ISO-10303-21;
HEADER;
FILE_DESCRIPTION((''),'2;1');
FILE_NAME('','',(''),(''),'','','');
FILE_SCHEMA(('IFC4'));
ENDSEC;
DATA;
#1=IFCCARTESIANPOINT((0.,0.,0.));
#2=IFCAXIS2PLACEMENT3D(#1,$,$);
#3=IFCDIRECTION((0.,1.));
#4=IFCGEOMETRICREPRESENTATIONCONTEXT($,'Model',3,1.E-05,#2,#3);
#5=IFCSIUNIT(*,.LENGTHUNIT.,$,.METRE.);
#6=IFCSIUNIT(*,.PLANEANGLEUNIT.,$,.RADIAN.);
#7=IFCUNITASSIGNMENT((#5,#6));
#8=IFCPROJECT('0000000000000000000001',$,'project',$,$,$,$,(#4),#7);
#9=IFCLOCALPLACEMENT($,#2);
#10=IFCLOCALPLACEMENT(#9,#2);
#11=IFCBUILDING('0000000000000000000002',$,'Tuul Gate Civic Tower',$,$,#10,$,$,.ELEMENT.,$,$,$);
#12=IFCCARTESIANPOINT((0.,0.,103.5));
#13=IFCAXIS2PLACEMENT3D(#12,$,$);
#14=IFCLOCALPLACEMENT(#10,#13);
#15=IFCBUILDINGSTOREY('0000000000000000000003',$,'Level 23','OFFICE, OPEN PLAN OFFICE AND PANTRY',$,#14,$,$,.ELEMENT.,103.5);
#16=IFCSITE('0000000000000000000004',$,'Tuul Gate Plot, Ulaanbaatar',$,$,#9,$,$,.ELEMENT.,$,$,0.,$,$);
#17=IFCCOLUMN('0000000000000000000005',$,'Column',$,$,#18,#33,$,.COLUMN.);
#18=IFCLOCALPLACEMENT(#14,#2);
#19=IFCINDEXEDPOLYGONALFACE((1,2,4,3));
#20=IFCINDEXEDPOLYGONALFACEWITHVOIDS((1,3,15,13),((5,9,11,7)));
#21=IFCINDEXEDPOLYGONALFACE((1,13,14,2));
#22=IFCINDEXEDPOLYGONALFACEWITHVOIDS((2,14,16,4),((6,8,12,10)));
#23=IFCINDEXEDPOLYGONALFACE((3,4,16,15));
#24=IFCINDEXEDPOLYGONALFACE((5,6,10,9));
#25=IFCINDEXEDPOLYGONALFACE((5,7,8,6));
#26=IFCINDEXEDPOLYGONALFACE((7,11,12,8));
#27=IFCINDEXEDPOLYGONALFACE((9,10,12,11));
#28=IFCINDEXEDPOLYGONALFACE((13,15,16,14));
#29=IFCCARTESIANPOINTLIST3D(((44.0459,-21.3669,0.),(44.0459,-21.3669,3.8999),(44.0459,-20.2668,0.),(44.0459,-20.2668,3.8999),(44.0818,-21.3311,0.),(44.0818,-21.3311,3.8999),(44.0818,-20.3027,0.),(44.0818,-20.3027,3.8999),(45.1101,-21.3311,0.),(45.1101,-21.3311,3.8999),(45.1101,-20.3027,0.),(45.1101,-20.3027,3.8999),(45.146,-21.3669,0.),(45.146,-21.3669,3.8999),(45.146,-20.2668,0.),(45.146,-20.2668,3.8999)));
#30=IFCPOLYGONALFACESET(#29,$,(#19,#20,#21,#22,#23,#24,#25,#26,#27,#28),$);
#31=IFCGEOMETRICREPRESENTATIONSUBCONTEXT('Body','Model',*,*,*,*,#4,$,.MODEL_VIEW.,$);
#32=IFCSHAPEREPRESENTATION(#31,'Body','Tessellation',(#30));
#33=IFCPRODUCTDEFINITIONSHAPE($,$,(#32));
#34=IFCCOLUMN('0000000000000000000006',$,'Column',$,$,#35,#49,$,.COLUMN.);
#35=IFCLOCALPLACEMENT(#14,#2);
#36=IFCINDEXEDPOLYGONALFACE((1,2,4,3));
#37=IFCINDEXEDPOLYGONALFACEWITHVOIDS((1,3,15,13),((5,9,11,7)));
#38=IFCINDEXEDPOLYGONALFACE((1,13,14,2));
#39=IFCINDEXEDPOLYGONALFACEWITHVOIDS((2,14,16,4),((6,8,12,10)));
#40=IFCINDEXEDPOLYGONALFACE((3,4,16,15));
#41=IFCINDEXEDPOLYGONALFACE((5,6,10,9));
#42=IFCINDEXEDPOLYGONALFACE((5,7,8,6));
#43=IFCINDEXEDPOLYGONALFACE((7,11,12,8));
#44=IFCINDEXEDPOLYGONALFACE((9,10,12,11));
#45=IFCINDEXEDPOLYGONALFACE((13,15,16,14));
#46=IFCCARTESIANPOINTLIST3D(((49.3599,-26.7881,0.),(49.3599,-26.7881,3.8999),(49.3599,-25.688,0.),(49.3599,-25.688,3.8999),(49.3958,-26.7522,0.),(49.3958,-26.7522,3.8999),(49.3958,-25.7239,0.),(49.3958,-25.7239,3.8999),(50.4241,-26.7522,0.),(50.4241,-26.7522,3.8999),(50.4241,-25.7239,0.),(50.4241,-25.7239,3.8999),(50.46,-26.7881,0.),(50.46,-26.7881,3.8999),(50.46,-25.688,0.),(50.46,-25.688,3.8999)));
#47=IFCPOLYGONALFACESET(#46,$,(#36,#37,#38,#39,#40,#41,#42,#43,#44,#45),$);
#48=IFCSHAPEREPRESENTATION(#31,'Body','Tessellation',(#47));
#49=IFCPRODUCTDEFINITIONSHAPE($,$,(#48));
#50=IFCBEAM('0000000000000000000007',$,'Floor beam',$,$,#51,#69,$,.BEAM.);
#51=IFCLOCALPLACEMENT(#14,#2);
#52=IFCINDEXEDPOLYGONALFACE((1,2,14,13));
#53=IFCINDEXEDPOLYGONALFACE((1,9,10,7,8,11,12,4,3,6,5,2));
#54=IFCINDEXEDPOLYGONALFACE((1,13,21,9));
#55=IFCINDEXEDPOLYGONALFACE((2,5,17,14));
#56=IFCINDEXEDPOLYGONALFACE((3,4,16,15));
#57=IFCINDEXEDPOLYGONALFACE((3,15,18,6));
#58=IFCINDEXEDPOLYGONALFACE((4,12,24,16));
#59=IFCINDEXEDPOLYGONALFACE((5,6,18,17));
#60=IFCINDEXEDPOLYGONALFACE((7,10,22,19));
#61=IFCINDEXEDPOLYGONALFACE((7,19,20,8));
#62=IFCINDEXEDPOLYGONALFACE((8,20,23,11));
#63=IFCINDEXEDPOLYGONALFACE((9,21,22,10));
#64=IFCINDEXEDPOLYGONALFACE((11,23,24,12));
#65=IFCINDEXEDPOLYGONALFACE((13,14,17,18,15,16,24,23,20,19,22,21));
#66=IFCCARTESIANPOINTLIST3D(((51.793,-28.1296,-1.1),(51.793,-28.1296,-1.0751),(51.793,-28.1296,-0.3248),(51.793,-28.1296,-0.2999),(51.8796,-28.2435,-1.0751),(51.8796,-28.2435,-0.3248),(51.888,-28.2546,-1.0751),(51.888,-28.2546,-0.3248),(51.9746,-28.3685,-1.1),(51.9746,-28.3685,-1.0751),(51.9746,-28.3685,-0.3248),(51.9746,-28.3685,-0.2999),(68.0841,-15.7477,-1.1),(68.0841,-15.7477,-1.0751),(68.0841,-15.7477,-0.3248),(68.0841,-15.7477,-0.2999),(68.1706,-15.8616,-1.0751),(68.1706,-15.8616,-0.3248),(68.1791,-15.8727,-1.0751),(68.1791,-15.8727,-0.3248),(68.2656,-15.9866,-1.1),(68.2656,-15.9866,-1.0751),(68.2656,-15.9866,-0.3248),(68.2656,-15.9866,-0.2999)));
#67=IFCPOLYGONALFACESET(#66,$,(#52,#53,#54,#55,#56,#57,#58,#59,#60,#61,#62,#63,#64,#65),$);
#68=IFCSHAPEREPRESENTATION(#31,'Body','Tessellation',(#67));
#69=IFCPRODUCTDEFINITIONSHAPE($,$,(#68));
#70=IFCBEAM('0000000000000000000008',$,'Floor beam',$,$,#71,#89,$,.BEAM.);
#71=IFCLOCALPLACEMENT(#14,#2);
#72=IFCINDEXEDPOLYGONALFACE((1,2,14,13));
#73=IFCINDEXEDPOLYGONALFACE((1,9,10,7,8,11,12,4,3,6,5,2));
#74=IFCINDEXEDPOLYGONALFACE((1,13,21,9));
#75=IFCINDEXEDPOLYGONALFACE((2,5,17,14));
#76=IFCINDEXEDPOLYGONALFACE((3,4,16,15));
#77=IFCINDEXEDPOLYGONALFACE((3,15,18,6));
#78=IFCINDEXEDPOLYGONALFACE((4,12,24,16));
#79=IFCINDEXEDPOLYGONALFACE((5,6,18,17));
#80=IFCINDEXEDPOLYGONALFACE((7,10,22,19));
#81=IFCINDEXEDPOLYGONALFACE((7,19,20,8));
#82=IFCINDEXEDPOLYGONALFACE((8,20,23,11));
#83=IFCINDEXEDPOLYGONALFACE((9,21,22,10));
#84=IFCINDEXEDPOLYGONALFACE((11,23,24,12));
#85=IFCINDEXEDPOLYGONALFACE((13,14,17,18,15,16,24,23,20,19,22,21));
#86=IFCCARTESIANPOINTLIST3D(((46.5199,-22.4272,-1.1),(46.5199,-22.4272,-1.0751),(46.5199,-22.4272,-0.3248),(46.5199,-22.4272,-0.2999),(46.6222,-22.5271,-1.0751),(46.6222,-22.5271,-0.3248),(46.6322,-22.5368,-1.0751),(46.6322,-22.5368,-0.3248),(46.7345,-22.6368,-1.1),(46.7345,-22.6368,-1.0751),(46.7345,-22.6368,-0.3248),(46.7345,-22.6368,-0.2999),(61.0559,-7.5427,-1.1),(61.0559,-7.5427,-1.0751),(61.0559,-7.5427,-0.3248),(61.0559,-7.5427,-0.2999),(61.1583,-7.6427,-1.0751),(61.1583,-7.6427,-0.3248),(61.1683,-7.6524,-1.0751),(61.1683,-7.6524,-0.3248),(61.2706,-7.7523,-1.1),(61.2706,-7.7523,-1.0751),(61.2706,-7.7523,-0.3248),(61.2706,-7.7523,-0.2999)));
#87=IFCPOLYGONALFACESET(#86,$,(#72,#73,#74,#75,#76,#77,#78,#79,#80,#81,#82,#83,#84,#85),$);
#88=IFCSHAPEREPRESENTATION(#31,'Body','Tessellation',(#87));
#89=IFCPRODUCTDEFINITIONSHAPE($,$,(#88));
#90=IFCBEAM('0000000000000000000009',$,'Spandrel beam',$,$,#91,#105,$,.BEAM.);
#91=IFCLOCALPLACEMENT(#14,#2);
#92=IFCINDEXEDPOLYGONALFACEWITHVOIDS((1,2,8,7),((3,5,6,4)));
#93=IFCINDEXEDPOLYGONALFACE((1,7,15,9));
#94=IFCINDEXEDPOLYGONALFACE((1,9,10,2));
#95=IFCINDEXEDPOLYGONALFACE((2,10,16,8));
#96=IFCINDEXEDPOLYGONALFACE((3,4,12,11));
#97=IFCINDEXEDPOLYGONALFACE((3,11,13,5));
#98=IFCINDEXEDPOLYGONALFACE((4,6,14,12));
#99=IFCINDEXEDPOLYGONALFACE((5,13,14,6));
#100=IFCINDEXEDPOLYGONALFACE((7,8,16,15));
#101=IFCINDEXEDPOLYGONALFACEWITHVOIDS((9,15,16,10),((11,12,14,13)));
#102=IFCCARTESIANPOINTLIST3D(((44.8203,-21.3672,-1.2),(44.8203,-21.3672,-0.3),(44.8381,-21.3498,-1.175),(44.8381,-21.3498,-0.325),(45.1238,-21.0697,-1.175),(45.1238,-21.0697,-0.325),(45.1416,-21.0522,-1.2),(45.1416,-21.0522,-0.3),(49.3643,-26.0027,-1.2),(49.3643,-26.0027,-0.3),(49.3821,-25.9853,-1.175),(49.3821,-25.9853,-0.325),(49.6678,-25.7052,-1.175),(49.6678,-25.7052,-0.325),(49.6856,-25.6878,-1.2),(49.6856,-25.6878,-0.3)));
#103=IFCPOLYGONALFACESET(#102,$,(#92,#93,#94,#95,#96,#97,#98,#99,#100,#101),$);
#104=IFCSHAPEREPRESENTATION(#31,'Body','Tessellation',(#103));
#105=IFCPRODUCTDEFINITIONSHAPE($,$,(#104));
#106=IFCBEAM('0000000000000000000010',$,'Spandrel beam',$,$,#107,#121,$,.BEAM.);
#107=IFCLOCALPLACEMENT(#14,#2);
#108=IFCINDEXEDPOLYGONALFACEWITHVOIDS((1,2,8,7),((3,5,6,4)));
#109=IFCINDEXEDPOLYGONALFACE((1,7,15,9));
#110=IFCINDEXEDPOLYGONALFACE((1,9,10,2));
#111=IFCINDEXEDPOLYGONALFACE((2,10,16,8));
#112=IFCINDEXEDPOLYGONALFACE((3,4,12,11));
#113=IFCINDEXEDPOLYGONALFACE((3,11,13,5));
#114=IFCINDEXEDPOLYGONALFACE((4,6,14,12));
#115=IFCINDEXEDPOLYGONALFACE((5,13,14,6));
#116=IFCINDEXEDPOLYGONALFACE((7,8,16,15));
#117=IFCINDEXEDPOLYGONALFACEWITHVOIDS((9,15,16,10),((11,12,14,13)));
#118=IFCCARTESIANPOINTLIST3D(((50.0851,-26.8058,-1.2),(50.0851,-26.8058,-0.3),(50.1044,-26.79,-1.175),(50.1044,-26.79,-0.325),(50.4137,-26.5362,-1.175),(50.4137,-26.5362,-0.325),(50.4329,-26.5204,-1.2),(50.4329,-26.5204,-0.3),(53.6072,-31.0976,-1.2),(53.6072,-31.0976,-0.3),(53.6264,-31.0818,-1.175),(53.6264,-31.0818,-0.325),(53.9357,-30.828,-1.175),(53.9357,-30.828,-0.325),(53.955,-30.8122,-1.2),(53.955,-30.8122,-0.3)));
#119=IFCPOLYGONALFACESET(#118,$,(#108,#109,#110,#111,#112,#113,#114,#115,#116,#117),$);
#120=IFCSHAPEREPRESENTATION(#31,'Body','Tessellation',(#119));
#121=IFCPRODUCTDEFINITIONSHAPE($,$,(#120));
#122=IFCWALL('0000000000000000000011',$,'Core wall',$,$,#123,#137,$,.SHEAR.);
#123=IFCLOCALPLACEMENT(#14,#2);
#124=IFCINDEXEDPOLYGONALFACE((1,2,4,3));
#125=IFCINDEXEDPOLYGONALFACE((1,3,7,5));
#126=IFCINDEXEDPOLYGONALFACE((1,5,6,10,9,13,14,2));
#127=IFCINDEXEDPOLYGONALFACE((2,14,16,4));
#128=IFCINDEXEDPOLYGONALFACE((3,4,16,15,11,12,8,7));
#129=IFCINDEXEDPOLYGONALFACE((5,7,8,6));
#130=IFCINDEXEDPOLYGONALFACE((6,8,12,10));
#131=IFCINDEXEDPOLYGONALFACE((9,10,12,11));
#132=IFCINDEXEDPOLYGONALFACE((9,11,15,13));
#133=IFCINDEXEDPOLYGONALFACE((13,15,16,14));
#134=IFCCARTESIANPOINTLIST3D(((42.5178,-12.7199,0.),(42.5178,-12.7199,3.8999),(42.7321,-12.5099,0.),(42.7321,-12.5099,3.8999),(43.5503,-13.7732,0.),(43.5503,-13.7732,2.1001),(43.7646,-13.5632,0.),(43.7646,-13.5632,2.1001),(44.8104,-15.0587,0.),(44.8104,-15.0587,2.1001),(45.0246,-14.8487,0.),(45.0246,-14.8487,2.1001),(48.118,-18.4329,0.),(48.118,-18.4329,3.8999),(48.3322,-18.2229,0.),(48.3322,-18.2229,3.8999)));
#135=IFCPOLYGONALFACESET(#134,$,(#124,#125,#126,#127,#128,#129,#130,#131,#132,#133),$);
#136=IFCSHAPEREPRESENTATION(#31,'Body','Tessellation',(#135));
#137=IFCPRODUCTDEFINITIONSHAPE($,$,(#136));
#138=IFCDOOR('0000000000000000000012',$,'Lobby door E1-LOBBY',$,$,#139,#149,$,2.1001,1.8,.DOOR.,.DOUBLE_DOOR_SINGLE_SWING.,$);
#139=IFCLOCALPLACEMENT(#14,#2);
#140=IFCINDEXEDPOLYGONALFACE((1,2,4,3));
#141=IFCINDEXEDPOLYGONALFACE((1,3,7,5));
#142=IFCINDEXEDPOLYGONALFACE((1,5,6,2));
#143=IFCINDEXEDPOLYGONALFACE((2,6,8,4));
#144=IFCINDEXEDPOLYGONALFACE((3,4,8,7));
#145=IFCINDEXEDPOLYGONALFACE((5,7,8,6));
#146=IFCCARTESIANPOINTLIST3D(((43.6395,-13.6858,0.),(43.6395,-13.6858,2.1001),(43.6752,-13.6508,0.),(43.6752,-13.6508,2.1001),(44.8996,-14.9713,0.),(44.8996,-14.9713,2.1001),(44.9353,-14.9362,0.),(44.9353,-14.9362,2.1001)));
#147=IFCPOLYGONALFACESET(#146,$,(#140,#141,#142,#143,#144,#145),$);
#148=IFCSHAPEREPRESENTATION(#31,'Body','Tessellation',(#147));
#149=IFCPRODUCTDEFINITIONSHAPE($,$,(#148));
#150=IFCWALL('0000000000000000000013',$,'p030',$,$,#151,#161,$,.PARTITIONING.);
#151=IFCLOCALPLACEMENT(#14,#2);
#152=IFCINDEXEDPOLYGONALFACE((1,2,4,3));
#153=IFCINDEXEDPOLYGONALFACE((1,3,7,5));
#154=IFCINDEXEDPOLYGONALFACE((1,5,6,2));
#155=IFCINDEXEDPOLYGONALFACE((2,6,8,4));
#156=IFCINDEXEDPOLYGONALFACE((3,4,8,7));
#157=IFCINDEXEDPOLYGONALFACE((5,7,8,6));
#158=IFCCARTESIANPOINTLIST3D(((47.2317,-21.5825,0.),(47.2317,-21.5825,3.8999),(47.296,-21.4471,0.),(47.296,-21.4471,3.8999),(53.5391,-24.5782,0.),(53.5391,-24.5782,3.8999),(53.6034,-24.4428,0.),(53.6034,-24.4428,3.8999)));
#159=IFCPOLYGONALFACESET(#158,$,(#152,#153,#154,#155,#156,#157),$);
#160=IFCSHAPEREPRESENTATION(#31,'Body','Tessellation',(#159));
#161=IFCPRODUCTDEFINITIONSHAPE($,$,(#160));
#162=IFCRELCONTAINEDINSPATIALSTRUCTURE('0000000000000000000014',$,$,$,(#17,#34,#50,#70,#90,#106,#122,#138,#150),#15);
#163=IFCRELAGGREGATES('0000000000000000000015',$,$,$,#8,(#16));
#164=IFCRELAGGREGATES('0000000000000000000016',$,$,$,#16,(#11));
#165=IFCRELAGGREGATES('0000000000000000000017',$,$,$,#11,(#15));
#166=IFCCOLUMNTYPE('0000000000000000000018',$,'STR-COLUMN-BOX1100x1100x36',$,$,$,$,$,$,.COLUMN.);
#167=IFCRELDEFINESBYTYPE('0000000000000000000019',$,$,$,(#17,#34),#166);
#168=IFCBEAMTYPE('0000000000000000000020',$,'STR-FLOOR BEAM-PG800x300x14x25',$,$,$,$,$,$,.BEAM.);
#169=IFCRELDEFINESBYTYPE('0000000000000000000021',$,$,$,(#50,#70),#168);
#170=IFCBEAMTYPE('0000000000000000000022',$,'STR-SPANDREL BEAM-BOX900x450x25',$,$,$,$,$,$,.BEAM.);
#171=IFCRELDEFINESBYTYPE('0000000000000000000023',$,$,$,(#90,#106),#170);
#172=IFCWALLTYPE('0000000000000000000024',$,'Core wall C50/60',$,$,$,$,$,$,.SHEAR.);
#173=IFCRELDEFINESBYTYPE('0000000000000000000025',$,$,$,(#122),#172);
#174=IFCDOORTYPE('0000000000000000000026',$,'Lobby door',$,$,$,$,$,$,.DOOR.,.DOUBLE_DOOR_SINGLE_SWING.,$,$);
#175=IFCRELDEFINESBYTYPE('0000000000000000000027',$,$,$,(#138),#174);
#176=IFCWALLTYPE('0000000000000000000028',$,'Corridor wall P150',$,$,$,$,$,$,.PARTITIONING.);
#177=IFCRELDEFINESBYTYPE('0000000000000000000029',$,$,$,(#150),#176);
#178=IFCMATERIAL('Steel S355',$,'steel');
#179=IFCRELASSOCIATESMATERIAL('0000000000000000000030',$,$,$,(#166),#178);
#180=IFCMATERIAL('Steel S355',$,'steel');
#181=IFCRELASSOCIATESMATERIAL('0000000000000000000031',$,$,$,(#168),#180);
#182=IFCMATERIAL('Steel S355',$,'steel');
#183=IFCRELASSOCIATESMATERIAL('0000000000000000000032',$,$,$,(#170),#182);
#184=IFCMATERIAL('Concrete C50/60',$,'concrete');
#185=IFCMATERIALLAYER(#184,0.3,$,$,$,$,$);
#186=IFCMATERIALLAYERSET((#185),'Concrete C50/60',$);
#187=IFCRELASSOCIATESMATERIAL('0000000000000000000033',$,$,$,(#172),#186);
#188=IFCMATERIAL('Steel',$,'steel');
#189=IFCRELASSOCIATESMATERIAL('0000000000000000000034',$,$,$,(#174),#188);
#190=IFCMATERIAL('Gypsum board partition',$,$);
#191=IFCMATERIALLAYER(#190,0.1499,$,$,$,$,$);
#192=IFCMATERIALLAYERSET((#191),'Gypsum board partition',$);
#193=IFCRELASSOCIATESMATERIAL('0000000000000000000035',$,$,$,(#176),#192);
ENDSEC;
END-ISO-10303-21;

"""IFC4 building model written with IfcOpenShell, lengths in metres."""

from ifc_helpers import new_model, si_unit, direction, frame, frame_2d, origin, origin_2d, place, context, subcontext, project, spatial, rectangle, hollow_rectangle, i_section, extrude, material, layer, layer_set, material_profile, profile_set, type_object, element, fill, save


model = new_model("IFC4")

# Units and contexts
model_context = context("Model", 3, precision=1e-05, world=origin(), true_north=direction((0.0, 1.0)))
body_context = subcontext(model_context, "Body", "Model", "MODEL_VIEW")
ifc_project = project(units=[si_unit("LENGTHUNIT", "METRE"), si_unit("PLANEANGLEUNIT", "RADIAN")], contexts=[model_context])

# Site, building, storey
site_placement = place(None, origin())
site = spatial("IfcSite", under=ifc_project, at=site_placement, Name="Tuul Gate Plot, Ulaanbaatar", CompositionType="ELEMENT", RefElevation=0.0)
building_placement = place(site_placement, origin())
building = spatial("IfcBuilding", under=site, at=building_placement, Name="Tuul Gate Civic Tower", CompositionType="ELEMENT")
storey_placement = place(building_placement, frame((0.0, 0.0, 103.5)))
storey = spatial("IfcBuildingStorey", under=building, at=storey_placement, Name="Level 23", Description="OFFICE, OPEN PLAN OFFICE AND PANTRY", CompositionType="ELEMENT", Elevation=103.5)

# Columns
ifc_material_1 = material(Name="Steel S355", Category="steel")
ifc_material_profile_1 = material_profile(ifc_material_1, hollow_rectangle(XDim=1.1001, YDim=1.1001, WallThickness=0.0359, at=origin_2d()), Name="BOX1100x1100x36")
ifc_profile_set_1 = profile_set([ifc_material_profile_1], Name="Steel S355")
column_type = type_object("IfcColumnType", Name="STR-COLUMN-BOX1100x1100x36", PredefinedType="COLUMN", material=ifc_profile_set_1)
for number, where, z_axis, x_axis, name in (
    (1, (44.5959, -20.8169, 0.0), (0.0, 0.0, 1.0), (1.0, 0.0, 0.0), "Column"),
    (2, (49.9099, -26.238, 0.0), (0.0, 0.0, 1.0), (1.0, 0.0, 0.0), "Column"),
):
    element("IfcColumn", number, at=place(storey_placement, frame(where, z_axis=z_axis, x_axis=x_axis)), inside=storey, type_object=column_type, Name=name, PredefinedType="COLUMN", context=body_context, shape_type="SweptSolid", body=[
        extrude(hollow_rectangle(XDim=1.1001, YDim=1.1001, WallThickness=0.0359, at=origin_2d()), origin(), (0.0, 0.0, 1.0), 3.8999),
    ])

# Beams
ifc_material_2 = material(Name="Steel S355", Category="steel")
ifc_material_profile_2 = material_profile(ifc_material_2, i_section(OverallWidth=0.3, OverallDepth=0.8, WebThickness=0.0139, FlangeThickness=0.0249, at=origin_2d()), Name="PG800x300x14x25")
ifc_profile_set_2 = profile_set([ifc_material_profile_2], Name="Steel S355")
beam_type_1 = type_object("IfcBeamType", Name="STR-FLOOR BEAM-PG800x300x14x25", PredefinedType="BEAM", material=ifc_profile_set_2)
beam_1_placement = place(storey_placement, frame((51.8838, -28.249, -0.7), z_axis=(0.796147, 0.605104, 0.0), x_axis=(-0.605104, 0.796147, 0.0)))
element("IfcBeam", 3, at=beam_1_placement, inside=storey, type_object=beam_type_1, Name="Floor beam", PredefinedType="BEAM", context=body_context, shape_type="SweptSolid", body=[
    extrude(i_section(OverallWidth=0.3, OverallDepth=0.8, WebThickness=0.0139, FlangeThickness=0.0249, at=origin_2d()), origin(), (0.0, 0.0, 1.0), 20.4624),
])
beam_2_placement = place(storey_placement, frame((46.6272, -22.532, -0.7), z_axis=(0.698684, 0.71543, 0.0), x_axis=(-0.71543, 0.698684, 0.0)))
element("IfcBeam", 4, at=beam_2_placement, inside=storey, type_object=beam_type_1, Name="Floor beam", PredefinedType="BEAM", context=body_context, shape_type="SweptSolid", body=[
    extrude(i_section(OverallWidth=0.3, OverallDepth=0.8, WebThickness=0.0139, FlangeThickness=0.0249, at=origin_2d()), origin(), (0.0, 0.0, 1.0), 20.8049),
])
ifc_material_3 = material(Name="Steel S355", Category="steel")
ifc_material_profile_3 = material_profile(ifc_material_3, hollow_rectangle(XDim=0.45, YDim=0.8999, WallThickness=0.0249, at=origin_2d()), Name="BOX900x450x25")
ifc_profile_set_3 = profile_set([ifc_material_profile_3], Name="Steel S355")
beam_type_2 = type_object("IfcBeamType", Name="STR-SPANDREL BEAM-BOX900x450x25", PredefinedType="BEAM", material=ifc_profile_set_3)
beam_3_placement = place(storey_placement, frame((44.981, -21.2097, -0.75), z_axis=(0.70002, -0.714124, 0.0), x_axis=(0.714124, 0.70002, 0.0)))
element("IfcBeam", 5, at=beam_3_placement, inside=storey, type_object=beam_type_2, Name="Spandrel beam", PredefinedType="BEAM", context=body_context, shape_type="SweptSolid", body=[
    extrude(hollow_rectangle(XDim=0.45, YDim=0.8999, WallThickness=0.0249, at=origin_2d()), origin(), (0.0, 0.0, 1.0), 6.4912),
])
beam_4_placement = place(storey_placement, frame((50.259, -26.6631, -0.75), z_axis=(0.634375, -0.773026, 0.0), x_axis=(0.773026, 0.634375, 0.0)))
element("IfcBeam", 6, at=beam_4_placement, inside=storey, type_object=beam_type_2, Name="Spandrel beam", PredefinedType="BEAM", context=body_context, shape_type="SweptSolid", body=[
    extrude(hollow_rectangle(XDim=0.45, YDim=0.8999, WallThickness=0.0249, at=origin_2d()), origin(), (0.0, 0.0, 1.0), 5.552),
])

# Wall, opening, door
ifc_material_4 = material(Name="Concrete C50/60", Category="concrete")
ifc_layer_1 = layer(ifc_material_4, 0.3)
ifc_layer_set_1 = layer_set([ifc_layer_1], Name="Concrete C50/60")
wall_type_1 = type_object("IfcWallType", Name="Core wall C50/60", PredefinedType="SHEAR", material=ifc_layer_set_1)
wall_1_placement = place(storey_placement, frame((48.2251, -18.3279, 0.0), z_axis=(0.0, 0.0, 1.0), x_axis=(-0.700022, 0.714121, 0.0)))
wall_1 = element("IfcWall", 7, at=wall_1_placement, inside=storey, type_object=wall_type_1, Name="Core wall", PredefinedType="SHEAR", context=body_context, shape_type="SweptSolid", body=[
    extrude(rectangle(XDim=8.0, YDim=0.3, at=frame_2d((4.0, 0.0))), origin(), (0.0, 0.0, 1.0), 3.8999),
])
opening_1_placement = place(wall_1_placement, frame((4.7251, 0.0, 0.0)))
opening_1 = element("IfcOpeningElement", 8, at=opening_1_placement, cuts=wall_1, PredefinedType="OPENING", context=body_context, shape_type="SweptSolid", body=[
    extrude(rectangle(XDim=1.8, YDim=2.1001, at=frame_2d((0.8999, 1.05))), frame((0.0, 0.1602, 0.0), z_axis=(0.0, -1.0, 0.0), x_axis=(1.0, 0.0, 0.0)), (0.0, 0.0, 1.0), 0.3201),
])
ifc_material_5 = material(Name="Steel", Category="steel")
door_type_1 = type_object("IfcDoorType", Name="Lobby door", OperationType="DOUBLE_DOOR_SINGLE_SWING", PredefinedType="DOOR", material=ifc_material_5)
door_1_placement = place(opening_1_placement, frame((1.8, 0.0, 0.0), z_axis=(0.0, 0.0, 1.0), x_axis=(-1.0, 0.0, 0.0)))
door_1 = element("IfcDoor", 9, at=door_1_placement, inside=storey, type_object=door_type_1, Name="Lobby door E1-LOBBY", OperationType="DOUBLE_DOOR_SINGLE_SWING", OverallHeight=2.1001, OverallWidth=1.8, PredefinedType="DOOR", context=body_context, shape_type="SweptSolid", body=[
    extrude(rectangle(XDim=1.8, YDim=2.1001, at=frame_2d((0.9001, 1.05))), frame((0.0, 0.0249, 0.0), z_axis=(0.0, -1.0, 0.0), x_axis=(1.0, 0.0, 0.0)), (0.0, 0.0, 1.0), 0.05),
])
fill(opening_1, door_1)

# Wall
ifc_material_6 = material(Name="Gypsum board partition")
ifc_layer_2 = layer(ifc_material_6, 0.1499)
ifc_layer_set_2 = layer_set([ifc_layer_2], Name="Gypsum board partition")
wall_type_2 = type_object("IfcWallType", Name="Corridor wall P150", PredefinedType="PARTITIONING", material=ifc_layer_set_2)
wall_2_placement = place(storey_placement, frame((47.2639, -21.5149, 0.0), z_axis=(0.0, 0.0, 1.0), x_axis=(0.9033, -0.42901, 0.0)))
element("IfcWall", 10, at=wall_2_placement, inside=storey, type_object=wall_type_2, Name="p030", PredefinedType="PARTITIONING", context=body_context, shape_type="SweptSolid", body=[
    extrude(rectangle(XDim=6.9827, YDim=0.1499, at=frame_2d((3.4912, 0.0))), origin(), (0.0, 0.0, 1.0), 3.8999),
])

save(model, "model.ifc")
